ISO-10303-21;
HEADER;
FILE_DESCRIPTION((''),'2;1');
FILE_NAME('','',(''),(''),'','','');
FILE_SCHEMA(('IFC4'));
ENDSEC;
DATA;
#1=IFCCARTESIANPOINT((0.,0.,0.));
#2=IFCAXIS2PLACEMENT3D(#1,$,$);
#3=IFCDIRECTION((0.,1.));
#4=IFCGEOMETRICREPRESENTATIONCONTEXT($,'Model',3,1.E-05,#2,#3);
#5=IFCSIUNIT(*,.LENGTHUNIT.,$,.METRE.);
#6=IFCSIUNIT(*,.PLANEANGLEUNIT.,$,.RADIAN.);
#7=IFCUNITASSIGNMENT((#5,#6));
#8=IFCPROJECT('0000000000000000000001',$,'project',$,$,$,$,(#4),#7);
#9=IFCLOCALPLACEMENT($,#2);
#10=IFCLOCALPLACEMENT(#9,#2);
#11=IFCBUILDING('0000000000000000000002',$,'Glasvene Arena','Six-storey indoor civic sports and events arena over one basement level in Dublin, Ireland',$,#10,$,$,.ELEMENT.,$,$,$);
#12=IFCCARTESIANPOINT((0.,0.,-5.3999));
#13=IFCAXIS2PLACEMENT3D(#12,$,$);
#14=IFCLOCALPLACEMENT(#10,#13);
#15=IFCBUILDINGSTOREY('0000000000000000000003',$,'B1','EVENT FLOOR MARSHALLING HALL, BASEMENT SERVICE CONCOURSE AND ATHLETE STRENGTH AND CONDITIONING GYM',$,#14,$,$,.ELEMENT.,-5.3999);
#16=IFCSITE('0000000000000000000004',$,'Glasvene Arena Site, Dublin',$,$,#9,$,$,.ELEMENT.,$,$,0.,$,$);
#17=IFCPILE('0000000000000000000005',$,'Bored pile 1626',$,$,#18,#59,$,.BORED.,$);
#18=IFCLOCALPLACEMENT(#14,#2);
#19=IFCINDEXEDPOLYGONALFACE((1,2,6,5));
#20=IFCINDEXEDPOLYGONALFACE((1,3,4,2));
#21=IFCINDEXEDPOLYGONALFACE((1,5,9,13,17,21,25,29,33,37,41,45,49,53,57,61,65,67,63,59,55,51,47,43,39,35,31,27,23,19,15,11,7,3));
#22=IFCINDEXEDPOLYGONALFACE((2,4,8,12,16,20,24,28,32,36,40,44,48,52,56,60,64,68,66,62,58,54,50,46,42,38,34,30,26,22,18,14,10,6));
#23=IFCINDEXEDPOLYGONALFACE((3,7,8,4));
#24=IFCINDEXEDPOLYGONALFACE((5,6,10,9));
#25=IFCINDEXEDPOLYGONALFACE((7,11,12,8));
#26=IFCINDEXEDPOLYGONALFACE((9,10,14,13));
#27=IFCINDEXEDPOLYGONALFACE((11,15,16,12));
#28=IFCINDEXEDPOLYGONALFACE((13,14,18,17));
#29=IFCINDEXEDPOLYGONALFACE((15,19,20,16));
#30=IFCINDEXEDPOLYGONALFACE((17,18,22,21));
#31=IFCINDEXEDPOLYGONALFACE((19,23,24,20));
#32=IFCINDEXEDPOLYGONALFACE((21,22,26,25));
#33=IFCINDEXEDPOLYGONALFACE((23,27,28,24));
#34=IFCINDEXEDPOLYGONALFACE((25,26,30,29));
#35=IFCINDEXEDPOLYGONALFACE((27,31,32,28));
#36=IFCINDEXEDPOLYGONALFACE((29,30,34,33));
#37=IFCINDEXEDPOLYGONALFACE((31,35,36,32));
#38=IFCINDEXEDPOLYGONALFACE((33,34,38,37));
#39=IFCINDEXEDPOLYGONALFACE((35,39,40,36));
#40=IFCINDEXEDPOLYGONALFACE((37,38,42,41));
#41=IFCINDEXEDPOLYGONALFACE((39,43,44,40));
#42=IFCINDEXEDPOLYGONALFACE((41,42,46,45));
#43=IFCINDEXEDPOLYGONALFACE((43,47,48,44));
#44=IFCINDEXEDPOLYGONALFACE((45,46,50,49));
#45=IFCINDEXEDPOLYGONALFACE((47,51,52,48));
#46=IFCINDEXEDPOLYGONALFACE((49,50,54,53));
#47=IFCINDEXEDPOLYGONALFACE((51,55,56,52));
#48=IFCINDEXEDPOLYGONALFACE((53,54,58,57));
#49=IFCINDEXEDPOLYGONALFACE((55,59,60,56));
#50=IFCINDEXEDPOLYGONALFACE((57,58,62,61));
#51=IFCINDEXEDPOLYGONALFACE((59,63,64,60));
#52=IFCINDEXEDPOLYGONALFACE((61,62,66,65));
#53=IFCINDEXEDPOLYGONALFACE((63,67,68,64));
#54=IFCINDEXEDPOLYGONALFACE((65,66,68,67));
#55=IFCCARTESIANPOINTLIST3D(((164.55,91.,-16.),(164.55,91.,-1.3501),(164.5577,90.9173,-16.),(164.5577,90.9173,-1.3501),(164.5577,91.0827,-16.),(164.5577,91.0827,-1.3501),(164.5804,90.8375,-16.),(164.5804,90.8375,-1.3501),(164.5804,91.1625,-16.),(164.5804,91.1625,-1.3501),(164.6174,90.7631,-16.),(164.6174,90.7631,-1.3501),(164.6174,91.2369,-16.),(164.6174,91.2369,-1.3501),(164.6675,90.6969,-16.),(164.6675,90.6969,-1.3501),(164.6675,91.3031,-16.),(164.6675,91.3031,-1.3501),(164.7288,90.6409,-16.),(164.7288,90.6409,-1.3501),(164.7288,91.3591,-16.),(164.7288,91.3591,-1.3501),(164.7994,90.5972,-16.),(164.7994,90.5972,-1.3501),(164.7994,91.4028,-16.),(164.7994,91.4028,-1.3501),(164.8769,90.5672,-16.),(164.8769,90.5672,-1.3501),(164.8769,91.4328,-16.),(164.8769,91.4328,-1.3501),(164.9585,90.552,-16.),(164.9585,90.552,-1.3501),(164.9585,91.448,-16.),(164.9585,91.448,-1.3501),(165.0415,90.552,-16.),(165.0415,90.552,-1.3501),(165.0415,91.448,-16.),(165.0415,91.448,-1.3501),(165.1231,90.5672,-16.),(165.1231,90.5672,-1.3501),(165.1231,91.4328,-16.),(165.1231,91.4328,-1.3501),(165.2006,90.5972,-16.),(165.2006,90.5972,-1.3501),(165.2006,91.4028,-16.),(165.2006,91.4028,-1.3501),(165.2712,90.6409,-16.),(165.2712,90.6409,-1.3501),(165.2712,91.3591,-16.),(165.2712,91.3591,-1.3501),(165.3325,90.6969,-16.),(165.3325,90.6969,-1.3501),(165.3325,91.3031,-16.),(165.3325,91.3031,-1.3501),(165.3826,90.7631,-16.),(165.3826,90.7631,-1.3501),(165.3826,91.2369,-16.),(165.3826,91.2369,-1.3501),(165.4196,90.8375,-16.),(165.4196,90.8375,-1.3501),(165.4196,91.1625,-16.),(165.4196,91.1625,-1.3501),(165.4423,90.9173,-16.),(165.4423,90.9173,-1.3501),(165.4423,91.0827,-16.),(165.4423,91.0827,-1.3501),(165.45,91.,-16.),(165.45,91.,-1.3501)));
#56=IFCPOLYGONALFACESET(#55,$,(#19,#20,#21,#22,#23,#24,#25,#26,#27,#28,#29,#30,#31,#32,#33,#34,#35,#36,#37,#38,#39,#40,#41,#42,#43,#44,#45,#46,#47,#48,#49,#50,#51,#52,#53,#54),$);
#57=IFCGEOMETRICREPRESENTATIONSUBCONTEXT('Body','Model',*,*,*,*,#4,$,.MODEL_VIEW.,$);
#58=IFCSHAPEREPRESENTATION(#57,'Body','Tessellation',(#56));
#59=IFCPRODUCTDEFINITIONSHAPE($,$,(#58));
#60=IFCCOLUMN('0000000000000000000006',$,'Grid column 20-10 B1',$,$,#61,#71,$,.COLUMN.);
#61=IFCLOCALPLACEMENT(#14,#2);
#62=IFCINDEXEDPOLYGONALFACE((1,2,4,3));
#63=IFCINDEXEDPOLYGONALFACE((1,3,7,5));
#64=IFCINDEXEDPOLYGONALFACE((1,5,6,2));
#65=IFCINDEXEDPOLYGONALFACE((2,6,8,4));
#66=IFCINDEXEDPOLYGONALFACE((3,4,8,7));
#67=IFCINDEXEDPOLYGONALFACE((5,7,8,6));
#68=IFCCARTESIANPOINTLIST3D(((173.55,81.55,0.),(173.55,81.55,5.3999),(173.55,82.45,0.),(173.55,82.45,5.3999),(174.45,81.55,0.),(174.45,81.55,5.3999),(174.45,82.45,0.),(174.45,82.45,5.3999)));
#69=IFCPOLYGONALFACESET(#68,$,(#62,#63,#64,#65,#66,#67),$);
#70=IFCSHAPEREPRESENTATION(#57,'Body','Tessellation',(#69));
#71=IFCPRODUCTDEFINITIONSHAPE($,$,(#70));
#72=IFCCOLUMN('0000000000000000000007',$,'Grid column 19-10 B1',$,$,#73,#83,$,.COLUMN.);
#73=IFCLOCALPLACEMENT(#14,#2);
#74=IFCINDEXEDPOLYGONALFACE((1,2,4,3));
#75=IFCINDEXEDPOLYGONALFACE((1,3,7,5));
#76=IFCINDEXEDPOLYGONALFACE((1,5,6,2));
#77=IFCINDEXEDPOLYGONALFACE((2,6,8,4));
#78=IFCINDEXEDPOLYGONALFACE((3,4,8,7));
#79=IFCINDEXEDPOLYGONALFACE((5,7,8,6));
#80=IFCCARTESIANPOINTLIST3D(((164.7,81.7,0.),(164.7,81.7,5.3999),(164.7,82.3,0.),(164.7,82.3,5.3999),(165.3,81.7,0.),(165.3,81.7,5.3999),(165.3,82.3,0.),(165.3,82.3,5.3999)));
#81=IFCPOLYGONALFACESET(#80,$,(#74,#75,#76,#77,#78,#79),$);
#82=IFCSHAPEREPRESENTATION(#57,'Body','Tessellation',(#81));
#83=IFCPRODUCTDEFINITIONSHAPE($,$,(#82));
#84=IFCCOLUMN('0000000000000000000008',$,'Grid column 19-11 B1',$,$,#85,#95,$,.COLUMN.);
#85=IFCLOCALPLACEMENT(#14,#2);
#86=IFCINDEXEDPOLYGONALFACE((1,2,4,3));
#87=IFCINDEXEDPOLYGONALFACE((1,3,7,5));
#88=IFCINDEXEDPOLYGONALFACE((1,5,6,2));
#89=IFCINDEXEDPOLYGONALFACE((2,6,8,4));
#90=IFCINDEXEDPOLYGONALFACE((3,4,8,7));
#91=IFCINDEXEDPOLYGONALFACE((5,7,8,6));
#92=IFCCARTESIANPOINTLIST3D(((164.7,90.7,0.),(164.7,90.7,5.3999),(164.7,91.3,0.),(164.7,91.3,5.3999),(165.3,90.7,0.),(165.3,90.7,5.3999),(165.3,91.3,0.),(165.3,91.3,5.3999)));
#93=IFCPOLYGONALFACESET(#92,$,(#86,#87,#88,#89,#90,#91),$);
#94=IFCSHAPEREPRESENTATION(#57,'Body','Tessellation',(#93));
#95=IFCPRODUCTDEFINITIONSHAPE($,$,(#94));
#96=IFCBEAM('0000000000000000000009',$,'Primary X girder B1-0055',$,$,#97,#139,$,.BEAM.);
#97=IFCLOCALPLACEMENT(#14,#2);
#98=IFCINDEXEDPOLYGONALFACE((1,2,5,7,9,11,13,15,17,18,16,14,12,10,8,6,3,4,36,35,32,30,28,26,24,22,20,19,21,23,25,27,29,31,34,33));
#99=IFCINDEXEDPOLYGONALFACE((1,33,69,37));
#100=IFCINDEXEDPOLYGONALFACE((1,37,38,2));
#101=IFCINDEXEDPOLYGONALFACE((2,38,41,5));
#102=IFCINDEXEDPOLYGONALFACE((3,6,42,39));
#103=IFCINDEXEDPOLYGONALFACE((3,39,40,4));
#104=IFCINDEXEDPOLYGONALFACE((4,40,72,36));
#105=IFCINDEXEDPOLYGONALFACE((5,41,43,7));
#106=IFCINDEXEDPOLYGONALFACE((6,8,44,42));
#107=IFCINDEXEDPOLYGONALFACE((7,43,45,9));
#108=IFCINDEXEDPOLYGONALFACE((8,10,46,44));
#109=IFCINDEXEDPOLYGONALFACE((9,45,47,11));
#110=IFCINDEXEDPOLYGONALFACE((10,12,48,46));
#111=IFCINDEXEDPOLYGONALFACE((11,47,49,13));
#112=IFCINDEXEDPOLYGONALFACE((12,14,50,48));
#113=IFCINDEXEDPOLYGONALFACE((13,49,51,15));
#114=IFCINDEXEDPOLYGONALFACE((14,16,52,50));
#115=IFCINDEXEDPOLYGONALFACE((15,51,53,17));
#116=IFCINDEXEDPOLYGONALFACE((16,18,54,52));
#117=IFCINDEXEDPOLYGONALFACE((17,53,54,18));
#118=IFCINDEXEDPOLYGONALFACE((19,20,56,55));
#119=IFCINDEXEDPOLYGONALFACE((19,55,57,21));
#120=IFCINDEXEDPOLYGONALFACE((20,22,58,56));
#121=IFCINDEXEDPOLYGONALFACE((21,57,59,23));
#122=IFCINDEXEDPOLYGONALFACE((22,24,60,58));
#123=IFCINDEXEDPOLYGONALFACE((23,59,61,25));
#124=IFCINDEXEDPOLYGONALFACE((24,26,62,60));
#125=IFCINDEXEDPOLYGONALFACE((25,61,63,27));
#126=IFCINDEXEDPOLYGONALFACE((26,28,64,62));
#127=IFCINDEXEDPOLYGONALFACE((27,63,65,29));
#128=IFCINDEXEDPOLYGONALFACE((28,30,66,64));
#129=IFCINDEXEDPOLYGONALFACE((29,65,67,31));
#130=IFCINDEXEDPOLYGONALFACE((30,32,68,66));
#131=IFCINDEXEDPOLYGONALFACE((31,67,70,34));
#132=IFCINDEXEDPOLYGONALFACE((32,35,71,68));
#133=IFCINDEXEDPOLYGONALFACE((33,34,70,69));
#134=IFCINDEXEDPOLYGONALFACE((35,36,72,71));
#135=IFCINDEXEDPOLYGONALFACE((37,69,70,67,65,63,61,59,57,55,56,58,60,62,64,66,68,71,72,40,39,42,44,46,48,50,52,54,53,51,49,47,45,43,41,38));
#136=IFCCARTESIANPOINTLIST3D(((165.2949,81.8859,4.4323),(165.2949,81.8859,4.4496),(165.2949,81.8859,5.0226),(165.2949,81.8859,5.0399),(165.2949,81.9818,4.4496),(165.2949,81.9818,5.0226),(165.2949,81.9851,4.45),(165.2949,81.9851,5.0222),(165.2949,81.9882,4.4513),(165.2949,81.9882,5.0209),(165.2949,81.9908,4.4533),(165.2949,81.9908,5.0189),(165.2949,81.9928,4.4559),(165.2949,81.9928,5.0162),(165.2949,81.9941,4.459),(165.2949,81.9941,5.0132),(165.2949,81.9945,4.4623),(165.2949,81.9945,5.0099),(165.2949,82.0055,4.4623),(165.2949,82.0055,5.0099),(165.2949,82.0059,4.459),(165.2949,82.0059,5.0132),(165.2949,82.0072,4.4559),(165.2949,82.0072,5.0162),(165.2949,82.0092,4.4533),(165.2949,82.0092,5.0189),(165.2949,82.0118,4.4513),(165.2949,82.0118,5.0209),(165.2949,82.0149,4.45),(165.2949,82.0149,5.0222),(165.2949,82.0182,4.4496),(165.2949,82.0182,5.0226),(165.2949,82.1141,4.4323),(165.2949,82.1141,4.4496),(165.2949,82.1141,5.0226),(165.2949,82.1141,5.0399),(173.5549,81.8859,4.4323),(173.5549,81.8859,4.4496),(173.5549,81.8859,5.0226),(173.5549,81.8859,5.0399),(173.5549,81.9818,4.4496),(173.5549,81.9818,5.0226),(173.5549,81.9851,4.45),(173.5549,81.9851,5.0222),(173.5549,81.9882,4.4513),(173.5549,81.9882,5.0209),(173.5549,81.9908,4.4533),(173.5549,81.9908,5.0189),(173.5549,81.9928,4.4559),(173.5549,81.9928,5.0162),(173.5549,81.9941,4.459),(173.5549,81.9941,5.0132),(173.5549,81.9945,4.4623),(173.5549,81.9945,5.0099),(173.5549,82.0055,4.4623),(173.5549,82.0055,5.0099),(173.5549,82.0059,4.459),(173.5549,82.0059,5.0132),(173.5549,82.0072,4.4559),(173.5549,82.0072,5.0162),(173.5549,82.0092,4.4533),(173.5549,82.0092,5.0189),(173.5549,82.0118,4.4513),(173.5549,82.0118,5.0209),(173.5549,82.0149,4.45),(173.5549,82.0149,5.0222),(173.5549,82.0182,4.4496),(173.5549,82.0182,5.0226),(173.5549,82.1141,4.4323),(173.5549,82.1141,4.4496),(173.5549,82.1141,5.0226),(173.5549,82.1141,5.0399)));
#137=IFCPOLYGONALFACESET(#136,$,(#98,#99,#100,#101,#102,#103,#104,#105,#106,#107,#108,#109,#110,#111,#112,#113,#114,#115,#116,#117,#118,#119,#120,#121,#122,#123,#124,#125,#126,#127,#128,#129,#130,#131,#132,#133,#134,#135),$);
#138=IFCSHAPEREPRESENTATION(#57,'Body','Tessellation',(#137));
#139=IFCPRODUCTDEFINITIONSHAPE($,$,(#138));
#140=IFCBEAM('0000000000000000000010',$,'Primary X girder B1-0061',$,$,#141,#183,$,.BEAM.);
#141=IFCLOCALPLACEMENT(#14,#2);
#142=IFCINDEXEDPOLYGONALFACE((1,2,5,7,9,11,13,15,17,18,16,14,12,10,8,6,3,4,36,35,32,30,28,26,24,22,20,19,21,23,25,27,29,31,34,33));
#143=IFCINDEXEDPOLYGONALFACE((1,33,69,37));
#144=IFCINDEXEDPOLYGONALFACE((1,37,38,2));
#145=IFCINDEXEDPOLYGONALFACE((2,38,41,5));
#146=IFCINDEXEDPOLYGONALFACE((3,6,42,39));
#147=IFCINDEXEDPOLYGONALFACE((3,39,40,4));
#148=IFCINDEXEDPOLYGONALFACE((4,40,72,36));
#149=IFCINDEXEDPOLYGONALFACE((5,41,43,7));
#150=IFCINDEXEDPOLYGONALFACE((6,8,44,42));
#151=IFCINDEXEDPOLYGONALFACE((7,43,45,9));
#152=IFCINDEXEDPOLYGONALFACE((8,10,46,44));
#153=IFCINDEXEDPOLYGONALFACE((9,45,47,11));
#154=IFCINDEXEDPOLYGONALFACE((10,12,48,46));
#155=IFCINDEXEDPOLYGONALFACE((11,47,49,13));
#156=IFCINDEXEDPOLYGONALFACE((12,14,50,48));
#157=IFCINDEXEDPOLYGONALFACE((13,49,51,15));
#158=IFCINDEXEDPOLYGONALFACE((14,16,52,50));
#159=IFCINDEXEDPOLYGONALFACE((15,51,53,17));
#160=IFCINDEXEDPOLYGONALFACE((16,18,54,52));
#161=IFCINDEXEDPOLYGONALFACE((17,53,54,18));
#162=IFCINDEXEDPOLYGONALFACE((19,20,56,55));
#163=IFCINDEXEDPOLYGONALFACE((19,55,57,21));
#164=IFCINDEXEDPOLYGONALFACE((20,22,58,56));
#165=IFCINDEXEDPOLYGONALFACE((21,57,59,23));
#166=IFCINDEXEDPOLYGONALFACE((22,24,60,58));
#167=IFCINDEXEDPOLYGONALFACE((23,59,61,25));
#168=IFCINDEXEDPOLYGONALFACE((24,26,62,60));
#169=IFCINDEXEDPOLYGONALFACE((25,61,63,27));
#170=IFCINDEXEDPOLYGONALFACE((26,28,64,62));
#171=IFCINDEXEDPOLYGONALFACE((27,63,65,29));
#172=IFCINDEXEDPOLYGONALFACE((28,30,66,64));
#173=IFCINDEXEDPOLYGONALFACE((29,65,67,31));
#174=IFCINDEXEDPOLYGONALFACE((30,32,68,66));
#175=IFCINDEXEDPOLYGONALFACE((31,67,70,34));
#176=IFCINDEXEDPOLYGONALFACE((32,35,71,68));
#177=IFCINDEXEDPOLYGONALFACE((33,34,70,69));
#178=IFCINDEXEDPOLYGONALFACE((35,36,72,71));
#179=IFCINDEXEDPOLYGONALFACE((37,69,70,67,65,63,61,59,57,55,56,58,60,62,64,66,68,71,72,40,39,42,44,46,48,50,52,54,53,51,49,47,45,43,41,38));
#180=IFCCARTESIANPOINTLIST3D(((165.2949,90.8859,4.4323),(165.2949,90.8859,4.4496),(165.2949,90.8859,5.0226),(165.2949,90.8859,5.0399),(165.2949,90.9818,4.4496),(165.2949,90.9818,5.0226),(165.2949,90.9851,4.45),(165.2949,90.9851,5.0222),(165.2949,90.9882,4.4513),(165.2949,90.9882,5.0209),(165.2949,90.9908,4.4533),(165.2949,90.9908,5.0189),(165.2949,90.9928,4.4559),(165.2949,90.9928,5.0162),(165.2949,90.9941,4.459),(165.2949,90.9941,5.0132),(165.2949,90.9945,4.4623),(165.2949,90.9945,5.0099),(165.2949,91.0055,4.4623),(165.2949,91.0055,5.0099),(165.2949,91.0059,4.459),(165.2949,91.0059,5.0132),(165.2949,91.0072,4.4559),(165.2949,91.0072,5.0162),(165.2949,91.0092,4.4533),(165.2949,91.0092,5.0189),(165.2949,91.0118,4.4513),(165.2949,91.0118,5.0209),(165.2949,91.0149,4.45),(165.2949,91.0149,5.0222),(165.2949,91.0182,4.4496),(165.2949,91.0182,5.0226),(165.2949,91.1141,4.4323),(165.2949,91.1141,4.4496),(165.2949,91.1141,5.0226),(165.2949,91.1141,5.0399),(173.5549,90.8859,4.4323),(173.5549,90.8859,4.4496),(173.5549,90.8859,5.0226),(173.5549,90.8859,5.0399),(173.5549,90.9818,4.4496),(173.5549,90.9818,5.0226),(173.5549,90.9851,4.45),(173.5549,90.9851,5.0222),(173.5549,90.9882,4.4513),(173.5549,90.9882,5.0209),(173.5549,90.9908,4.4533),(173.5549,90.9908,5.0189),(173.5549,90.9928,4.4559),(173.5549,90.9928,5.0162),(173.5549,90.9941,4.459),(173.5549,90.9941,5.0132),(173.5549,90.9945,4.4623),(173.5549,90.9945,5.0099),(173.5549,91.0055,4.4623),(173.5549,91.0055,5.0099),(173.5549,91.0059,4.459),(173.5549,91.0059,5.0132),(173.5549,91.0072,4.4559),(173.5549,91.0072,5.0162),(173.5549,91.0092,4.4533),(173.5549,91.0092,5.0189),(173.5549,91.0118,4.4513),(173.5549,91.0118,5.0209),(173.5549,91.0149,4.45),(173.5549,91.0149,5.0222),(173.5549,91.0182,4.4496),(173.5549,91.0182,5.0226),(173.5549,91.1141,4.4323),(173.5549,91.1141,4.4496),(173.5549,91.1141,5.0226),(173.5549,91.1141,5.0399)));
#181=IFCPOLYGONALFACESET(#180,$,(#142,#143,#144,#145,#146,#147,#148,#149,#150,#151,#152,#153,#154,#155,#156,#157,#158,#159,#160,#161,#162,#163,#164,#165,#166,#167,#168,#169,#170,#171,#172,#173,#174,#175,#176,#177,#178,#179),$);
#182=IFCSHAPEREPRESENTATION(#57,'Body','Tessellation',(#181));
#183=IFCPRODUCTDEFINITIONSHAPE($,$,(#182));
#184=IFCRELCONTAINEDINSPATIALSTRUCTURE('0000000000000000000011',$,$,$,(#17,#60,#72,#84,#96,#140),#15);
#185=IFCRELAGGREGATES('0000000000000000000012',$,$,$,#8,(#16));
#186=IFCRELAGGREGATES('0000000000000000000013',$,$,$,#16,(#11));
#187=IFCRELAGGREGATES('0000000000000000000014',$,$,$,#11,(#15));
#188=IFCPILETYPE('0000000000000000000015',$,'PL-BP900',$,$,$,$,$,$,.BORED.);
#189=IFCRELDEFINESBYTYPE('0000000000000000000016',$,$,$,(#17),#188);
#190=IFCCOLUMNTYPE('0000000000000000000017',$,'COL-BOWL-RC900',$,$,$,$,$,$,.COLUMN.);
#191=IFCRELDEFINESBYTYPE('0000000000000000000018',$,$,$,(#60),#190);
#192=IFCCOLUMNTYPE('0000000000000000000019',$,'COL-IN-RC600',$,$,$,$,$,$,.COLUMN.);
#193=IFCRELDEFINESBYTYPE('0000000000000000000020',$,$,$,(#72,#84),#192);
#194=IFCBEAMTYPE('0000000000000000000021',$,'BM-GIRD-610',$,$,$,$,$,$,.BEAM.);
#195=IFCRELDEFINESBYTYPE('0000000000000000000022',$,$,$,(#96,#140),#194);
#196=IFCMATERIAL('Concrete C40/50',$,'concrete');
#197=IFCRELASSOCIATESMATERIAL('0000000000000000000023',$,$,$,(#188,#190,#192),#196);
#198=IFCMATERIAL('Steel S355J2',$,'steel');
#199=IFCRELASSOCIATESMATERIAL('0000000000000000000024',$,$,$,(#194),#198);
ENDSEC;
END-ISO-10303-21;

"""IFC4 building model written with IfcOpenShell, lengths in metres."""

from ifc_helpers import new_model, si_unit, direction, frame, origin, origin_2d, place, context, subcontext, project, spatial, rectangle, circle, i_section, extrude, material, material_profile, profile_set, type_object, element, save


model = new_model("IFC4")

# Units and contexts
model_context = context("Model", 3, precision=1e-05, world=origin(), true_north=direction((0.0, 1.0)))
body_context = subcontext(model_context, "Body", "Model", "MODEL_VIEW")
ifc_project = project(units=[si_unit("LENGTHUNIT", "METRE"), si_unit("PLANEANGLEUNIT", "RADIAN")], contexts=[model_context])

# Site, building, storey
site_placement = place(None, origin())
site = spatial("IfcSite", under=ifc_project, at=site_placement, Name="Glasvene Arena Site, Dublin", CompositionType="ELEMENT", RefElevation=0.0)
building_placement = place(site_placement, origin())
building = spatial("IfcBuilding", under=site, at=building_placement, Name="Glasvene Arena", Description="Six-storey indoor civic sports and events arena over one basement level in Dublin, Ireland", CompositionType="ELEMENT")
storey_placement = place(building_placement, frame((0.0, 0.0, -5.3999)))
storey = spatial("IfcBuildingStorey", under=building, at=storey_placement, Name="B1", Description="EVENT FLOOR MARSHALLING HALL, BASEMENT SERVICE CONCOURSE AND ATHLETE STRENGTH AND CONDITIONING GYM", CompositionType="ELEMENT", Elevation=-5.3999)

# Shared definitions
ifc_material_1 = material(Name="Concrete C40/50", Category="concrete")

# Pile
ifc_material_profile_1 = material_profile(ifc_material_1, circle(Radius=0.45, at=origin_2d()), Name="BORED PILE 900")
ifc_profile_set_1 = profile_set([ifc_material_profile_1], Name="Concrete C40/50")
pile_type = type_object("IfcPileType", Name="PL-BP900", PredefinedType="BORED", material=ifc_profile_set_1)
for number, where, z_axis, x_axis, name in (
    (1, (165.0, 91.0, -1.3501), (0.0, 0.0, -1.0), (1.0, 0.0, 0.0), "Bored pile 1626"),
):
    element("IfcPile", number, at=place(storey_placement, frame(where, z_axis=z_axis, x_axis=x_axis)), inside=storey, type_object=pile_type, Name=name, PredefinedType="BORED", context=body_context, shape_type="SweptSolid", body=[
        extrude(circle(Radius=0.45, at=origin_2d()), origin(), (0.0, 0.0, 1.0), 14.6499),
    ])

# Columns
ifc_material_profile_2 = material_profile(ifc_material_1, rectangle(XDim=0.8999, YDim=0.8999, at=origin_2d()), Name="RC 900x900")
ifc_profile_set_2 = profile_set([ifc_material_profile_2], Name="Concrete C40/50")
column_type_1 = type_object("IfcColumnType", Name="COL-BOWL-RC900", PredefinedType="COLUMN", material=ifc_profile_set_2)
column_placement = place(storey_placement, frame((174.0, 82.0, 0.0), z_axis=(0.0, 0.0, 1.0), x_axis=(1.0, 0.0, 0.0)))
element("IfcColumn", 2, at=column_placement, inside=storey, type_object=column_type_1, Name="Grid column 20-10 B1", PredefinedType="COLUMN", context=body_context, shape_type="SweptSolid", body=[
    extrude(rectangle(XDim=0.8999, YDim=0.8999, at=origin_2d()), origin(), (0.0, 0.0, 1.0), 5.3999),
])
ifc_material_profile_3 = material_profile(ifc_material_1, rectangle(XDim=0.6001, YDim=0.6001, at=origin_2d()), Name="RC 600x600")
ifc_profile_set_3 = profile_set([ifc_material_profile_3], Name="Concrete C40/50")
column_type_2 = type_object("IfcColumnType", Name="COL-IN-RC600", PredefinedType="COLUMN", material=ifc_profile_set_3)
for number, where, z_axis, x_axis, name in (
    (3, (165.0, 82.0, 0.0), (0.0, 0.0, 1.0), (1.0, 0.0, 0.0), "Grid column 19-10 B1"),
    (4, (165.0, 91.0, 0.0), (0.0, 0.0, 1.0), (1.0, 0.0, 0.0), "Grid column 19-11 B1"),
):
    element("IfcColumn", number, at=place(storey_placement, frame(where, z_axis=z_axis, x_axis=x_axis)), inside=storey, type_object=column_type_2, Name=name, PredefinedType="COLUMN", context=body_context, shape_type="SweptSolid", body=[
        extrude(rectangle(XDim=0.6001, YDim=0.6001, at=origin_2d()), origin(), (0.0, 0.0, 1.0), 5.3999),
    ])

# Beams
ifc_material_2 = material(Name="Steel S355J2", Category="steel")
ifc_material_profile_4 = material_profile(ifc_material_2, i_section(OverallWidth=0.2283, OverallDepth=0.6077, WebThickness=0.011, FlangeThickness=0.0173, FilletRadius=0.0127, at=origin_2d()), Name="UKB 610x229x113")
ifc_profile_set_4 = profile_set([ifc_material_profile_4], Name="Steel S355J2")
beam_type_1 = type_object("IfcBeamType", Name="BM-GIRD-610", PredefinedType="BEAM", material=ifc_profile_set_4)
for number, where, z_axis, x_axis, name in (
    (5, (165.2949, 82.0, 4.7361), (1.0, 0.0, 0.0), (0.0, 1.0, 0.0), "Primary X girder B1-0055"),
    (6, (165.2949, 91.0, 4.7361), (1.0, 0.0, 0.0), (0.0, 1.0, 0.0), "Primary X girder B1-0061"),
):
    element("IfcBeam", number, at=place(storey_placement, frame(where, z_axis=z_axis, x_axis=x_axis)), inside=storey, type_object=beam_type_1, Name=name, PredefinedType="BEAM", context=body_context, shape_type="SweptSolid", body=[
        extrude(i_section(OverallWidth=0.2283, OverallDepth=0.6077, WebThickness=0.011, FlangeThickness=0.0173, FilletRadius=0.0127, at=origin_2d()), origin(), (0.0, 0.0, 1.0), 8.26),
    ])

save(model, "model.ifc")
